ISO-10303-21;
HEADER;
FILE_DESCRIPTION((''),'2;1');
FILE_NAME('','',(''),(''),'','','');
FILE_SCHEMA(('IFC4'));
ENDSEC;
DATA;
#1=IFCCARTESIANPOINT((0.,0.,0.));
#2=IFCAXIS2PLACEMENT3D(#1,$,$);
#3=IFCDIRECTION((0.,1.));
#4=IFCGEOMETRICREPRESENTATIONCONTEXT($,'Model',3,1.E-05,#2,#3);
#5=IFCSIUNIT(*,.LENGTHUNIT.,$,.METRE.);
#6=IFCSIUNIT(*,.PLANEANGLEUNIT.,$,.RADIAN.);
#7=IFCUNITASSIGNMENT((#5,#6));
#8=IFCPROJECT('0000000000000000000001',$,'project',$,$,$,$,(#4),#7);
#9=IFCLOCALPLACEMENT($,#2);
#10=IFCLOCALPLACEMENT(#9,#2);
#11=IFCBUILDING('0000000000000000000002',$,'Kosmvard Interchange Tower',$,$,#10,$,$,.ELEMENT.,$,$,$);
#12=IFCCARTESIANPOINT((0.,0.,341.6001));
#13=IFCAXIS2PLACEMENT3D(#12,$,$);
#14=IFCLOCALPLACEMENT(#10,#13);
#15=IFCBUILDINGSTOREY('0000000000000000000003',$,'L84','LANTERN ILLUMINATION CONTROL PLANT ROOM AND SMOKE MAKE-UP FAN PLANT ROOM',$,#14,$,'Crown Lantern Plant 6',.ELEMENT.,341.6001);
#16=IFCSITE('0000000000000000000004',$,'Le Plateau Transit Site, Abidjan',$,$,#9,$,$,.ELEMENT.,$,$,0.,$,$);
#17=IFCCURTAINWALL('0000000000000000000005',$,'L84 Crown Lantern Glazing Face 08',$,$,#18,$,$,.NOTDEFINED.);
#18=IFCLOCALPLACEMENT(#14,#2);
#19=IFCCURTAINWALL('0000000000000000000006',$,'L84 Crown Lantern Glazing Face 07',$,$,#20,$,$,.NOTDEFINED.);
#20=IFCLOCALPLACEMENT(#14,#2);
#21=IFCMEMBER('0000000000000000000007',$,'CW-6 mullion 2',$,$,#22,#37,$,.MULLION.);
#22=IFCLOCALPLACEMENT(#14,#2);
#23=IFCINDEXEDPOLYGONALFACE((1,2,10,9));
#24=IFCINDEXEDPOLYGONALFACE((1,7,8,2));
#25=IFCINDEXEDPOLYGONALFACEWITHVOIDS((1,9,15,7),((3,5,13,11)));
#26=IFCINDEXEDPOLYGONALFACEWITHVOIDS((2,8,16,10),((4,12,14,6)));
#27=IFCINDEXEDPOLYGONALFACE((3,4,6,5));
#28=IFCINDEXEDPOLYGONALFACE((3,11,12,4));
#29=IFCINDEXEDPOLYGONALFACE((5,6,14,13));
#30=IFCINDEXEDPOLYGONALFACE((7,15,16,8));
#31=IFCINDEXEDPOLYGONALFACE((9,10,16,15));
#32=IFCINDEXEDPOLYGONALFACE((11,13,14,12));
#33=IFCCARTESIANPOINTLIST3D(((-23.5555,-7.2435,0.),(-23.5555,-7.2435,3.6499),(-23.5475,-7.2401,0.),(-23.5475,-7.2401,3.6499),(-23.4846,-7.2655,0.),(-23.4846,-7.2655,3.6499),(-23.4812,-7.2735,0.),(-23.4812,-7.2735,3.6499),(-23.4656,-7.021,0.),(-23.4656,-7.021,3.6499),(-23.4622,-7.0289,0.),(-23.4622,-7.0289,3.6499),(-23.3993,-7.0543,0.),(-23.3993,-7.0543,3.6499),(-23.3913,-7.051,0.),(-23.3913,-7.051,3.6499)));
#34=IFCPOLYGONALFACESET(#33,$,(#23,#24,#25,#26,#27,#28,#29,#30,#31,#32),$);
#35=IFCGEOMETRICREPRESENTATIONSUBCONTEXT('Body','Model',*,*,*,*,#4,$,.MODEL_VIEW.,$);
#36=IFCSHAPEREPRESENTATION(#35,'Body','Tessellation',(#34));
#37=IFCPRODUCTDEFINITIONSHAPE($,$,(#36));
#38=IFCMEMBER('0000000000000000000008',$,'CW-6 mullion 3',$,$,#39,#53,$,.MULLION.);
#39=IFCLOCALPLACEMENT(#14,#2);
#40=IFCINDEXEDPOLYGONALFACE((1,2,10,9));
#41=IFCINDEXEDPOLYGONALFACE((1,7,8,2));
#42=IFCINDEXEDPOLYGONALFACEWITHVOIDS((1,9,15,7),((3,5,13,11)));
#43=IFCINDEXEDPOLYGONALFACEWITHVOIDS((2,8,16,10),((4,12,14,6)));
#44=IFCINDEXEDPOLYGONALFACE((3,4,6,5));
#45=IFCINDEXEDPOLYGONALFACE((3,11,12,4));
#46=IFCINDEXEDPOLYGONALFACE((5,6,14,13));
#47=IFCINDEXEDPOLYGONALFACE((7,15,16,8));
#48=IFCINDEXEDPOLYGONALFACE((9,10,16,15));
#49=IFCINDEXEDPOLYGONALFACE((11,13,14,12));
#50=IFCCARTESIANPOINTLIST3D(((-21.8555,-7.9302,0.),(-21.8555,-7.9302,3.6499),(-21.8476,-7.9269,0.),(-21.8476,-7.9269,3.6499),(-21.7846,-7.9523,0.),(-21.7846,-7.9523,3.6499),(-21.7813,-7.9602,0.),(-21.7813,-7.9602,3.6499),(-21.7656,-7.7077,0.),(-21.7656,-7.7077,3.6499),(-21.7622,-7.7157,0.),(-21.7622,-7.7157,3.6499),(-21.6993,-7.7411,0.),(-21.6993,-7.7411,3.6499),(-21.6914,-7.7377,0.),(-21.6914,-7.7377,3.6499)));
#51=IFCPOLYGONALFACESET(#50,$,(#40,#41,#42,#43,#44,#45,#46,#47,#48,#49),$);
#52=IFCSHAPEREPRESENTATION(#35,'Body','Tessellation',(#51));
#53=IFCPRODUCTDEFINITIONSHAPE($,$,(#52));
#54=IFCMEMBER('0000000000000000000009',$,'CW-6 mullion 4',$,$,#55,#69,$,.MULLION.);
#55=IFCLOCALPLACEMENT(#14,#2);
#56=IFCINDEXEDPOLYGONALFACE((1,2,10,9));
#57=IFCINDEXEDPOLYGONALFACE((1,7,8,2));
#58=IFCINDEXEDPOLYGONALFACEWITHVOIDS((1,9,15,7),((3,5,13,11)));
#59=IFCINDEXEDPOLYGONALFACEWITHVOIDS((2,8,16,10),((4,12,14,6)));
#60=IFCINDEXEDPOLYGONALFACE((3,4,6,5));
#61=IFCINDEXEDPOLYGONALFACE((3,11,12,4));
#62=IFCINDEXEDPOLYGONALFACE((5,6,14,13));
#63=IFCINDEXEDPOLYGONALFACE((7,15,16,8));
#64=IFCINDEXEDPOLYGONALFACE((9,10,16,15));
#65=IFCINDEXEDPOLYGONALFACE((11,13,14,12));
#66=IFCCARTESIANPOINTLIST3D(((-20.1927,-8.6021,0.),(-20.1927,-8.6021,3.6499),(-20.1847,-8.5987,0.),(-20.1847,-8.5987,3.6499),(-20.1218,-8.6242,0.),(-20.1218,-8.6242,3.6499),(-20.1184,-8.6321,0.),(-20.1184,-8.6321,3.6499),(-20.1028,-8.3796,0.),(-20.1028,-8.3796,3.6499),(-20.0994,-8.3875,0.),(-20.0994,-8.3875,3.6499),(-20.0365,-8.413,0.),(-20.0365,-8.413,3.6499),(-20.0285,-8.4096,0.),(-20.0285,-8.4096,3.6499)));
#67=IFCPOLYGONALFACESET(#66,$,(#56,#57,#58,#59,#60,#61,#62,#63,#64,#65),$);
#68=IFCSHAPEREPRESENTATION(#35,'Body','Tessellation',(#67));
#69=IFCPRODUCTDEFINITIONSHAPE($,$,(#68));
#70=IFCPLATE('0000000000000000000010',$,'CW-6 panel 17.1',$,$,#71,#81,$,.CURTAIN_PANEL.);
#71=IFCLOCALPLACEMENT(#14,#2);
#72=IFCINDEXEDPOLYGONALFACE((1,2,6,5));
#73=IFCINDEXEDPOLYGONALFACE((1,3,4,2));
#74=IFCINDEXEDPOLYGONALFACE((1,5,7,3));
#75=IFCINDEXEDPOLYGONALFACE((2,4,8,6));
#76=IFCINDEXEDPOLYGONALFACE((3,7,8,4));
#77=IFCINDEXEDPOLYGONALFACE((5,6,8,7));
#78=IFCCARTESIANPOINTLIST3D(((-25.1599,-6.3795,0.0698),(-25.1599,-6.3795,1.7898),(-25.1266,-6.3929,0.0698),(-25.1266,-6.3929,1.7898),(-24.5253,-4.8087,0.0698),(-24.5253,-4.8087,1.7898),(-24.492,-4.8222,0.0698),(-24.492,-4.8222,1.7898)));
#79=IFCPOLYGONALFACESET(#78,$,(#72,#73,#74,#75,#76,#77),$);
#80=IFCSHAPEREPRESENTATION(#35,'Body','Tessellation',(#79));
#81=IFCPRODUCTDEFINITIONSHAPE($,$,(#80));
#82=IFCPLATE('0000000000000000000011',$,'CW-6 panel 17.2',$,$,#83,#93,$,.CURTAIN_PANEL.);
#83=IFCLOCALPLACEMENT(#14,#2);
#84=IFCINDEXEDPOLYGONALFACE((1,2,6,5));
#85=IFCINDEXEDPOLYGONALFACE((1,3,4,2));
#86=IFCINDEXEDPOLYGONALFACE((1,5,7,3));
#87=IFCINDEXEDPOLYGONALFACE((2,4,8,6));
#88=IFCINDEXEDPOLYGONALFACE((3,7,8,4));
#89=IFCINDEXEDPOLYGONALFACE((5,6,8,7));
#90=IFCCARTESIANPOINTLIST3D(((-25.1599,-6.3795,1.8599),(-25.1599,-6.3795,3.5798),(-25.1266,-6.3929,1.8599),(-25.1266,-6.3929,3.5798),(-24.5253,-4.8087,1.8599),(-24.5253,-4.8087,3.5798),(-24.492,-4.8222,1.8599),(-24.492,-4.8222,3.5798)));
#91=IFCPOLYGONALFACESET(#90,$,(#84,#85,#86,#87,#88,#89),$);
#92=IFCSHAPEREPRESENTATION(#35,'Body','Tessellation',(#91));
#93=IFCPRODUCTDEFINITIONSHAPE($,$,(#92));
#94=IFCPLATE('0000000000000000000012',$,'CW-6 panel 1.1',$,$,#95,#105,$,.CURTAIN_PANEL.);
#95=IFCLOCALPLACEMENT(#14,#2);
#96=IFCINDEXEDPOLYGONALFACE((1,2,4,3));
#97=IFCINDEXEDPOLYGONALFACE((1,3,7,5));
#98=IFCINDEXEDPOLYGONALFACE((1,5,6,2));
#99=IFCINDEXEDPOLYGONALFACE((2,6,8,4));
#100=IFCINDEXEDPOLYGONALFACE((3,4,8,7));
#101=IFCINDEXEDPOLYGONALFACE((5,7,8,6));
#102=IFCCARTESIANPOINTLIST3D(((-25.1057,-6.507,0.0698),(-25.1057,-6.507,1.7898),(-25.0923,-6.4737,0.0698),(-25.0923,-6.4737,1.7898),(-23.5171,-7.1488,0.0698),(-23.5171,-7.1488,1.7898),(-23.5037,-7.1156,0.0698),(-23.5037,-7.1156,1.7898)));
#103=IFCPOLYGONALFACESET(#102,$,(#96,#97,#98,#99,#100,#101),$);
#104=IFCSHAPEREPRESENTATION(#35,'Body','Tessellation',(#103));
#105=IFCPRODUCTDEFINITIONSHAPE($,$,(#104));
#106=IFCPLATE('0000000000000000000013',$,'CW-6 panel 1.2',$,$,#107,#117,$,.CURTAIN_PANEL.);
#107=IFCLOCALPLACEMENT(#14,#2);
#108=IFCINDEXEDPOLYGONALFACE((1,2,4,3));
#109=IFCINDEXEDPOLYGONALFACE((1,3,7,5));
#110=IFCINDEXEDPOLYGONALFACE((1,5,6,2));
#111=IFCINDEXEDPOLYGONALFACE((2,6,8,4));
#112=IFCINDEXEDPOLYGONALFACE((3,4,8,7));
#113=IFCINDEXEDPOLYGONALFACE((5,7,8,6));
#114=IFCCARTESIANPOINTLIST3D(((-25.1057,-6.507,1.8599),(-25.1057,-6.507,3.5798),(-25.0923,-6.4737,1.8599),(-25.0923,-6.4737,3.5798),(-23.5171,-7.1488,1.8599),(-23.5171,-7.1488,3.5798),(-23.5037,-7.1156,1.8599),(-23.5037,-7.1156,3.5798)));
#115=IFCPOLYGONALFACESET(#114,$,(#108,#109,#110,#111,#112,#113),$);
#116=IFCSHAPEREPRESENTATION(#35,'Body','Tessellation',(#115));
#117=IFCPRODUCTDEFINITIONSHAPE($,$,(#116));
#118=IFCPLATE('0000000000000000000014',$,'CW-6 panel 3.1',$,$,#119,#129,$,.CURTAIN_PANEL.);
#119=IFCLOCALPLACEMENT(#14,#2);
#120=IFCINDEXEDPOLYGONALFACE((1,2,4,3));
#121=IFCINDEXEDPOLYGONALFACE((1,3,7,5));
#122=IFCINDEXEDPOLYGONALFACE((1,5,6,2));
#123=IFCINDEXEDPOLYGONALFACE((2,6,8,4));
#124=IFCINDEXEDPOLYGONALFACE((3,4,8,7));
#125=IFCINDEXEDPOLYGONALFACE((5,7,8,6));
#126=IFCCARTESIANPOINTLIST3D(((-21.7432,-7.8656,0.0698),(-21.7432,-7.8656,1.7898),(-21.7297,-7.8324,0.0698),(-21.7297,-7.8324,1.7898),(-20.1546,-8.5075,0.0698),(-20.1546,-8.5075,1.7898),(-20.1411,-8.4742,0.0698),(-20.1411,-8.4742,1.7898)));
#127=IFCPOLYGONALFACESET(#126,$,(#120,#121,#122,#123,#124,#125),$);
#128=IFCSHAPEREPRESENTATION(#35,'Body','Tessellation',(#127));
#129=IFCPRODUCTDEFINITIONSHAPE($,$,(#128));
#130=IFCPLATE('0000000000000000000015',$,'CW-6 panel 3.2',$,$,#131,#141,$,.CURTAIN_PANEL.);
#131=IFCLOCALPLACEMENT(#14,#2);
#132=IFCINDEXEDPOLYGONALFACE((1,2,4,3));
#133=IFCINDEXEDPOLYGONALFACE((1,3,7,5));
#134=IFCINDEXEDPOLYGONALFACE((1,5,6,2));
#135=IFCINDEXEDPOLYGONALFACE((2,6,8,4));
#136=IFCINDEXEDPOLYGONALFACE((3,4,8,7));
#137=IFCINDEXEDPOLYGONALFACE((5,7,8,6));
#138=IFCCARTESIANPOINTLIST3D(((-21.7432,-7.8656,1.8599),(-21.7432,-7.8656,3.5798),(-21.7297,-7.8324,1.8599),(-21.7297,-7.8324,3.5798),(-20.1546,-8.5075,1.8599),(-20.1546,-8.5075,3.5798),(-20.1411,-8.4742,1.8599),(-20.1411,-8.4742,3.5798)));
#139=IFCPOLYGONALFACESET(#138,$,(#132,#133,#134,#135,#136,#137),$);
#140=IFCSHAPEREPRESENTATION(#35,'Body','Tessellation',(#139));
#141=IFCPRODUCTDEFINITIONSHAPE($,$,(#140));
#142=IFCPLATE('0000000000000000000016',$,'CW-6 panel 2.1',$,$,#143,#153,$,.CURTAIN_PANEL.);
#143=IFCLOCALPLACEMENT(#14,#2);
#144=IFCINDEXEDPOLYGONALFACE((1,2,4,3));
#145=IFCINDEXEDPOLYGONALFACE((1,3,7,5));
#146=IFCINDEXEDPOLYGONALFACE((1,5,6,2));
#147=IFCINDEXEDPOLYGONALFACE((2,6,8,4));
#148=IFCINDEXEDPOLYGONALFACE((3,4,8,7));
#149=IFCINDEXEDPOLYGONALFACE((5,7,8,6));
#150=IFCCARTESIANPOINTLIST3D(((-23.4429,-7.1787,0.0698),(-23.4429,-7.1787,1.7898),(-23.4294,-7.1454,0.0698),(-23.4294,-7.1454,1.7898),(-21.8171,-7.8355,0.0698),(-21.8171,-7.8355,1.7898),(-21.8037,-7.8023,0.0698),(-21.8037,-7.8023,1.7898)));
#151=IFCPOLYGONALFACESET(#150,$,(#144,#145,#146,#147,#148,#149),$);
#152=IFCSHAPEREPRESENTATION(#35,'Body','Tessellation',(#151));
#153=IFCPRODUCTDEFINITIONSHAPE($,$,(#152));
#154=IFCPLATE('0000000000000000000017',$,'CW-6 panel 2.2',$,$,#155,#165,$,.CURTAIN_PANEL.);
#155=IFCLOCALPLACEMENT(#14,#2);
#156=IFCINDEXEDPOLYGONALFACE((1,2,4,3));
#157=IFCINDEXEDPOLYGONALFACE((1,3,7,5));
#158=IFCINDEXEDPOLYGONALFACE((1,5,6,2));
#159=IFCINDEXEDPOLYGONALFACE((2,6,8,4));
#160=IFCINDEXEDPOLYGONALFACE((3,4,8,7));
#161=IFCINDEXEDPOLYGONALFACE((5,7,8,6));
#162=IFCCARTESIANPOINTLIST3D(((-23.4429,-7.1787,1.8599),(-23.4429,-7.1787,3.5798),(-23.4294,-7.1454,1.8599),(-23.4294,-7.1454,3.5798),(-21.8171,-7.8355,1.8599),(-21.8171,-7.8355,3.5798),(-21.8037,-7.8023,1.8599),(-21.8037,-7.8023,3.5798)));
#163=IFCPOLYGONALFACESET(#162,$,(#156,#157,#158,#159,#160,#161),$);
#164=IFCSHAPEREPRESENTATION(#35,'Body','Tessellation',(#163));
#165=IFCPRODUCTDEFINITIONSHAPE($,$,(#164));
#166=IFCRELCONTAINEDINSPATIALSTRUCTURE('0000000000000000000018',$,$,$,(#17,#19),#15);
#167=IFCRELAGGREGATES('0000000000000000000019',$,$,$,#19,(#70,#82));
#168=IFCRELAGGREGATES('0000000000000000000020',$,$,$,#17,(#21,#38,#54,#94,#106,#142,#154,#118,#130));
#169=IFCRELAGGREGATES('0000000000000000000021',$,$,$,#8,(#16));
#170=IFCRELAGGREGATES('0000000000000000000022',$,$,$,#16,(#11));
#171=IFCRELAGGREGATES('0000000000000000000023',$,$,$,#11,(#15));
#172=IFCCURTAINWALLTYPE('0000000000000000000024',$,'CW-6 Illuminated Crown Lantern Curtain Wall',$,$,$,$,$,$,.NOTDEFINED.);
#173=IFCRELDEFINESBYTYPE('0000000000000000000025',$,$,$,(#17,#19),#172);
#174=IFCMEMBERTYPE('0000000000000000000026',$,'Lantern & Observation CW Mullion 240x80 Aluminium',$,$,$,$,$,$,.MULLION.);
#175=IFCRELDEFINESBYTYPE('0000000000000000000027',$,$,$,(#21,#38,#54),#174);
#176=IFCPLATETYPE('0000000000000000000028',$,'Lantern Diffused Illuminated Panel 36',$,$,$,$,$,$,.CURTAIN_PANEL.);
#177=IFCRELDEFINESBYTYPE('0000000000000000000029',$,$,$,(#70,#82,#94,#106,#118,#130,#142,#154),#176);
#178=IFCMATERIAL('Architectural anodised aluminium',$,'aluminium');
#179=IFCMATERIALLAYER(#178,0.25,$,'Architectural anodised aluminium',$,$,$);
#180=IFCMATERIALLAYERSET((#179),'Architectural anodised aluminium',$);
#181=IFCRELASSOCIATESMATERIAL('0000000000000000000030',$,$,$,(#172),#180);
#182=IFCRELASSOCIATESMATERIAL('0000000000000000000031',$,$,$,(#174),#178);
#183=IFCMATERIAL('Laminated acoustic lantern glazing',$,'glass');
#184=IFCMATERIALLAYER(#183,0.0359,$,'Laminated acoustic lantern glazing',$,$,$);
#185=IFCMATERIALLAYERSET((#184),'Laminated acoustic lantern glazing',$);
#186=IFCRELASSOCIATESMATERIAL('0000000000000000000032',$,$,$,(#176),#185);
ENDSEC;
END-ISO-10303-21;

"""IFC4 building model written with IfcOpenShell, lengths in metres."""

from ifc_helpers import new_model, si_unit, direction, frame, origin, origin_2d, place, context, subcontext, project, spatial, rectangle, hollow_rectangle, extrude, source, transform, mapped, material, layer, layer_set, material_profile, profile_set, type_object, element, aggregate, save


model = new_model("IFC4")

# Units and contexts
model_context = context("Model", 3, precision=1e-05, world=origin(), true_north=direction((0.0, 1.0)))
body_context = subcontext(model_context, "Body", "Model", "MODEL_VIEW")
ifc_project = project(units=[si_unit("LENGTHUNIT", "METRE"), si_unit("PLANEANGLEUNIT", "RADIAN")], contexts=[model_context])

# Site, building, storey
site_placement = place(None, origin())
site = spatial("IfcSite", under=ifc_project, at=site_placement, Name="Le Plateau Transit Site, Abidjan", CompositionType="ELEMENT", RefElevation=0.0)
building_placement = place(site_placement, origin())
building = spatial("IfcBuilding", under=site, at=building_placement, Name="Kosmvard Interchange Tower", CompositionType="ELEMENT")
storey_placement = place(building_placement, frame((0.0, 0.0, 341.6001)))
storey = spatial("IfcBuildingStorey", under=building, at=storey_placement, Name="L84", Description="LANTERN ILLUMINATION CONTROL PLANT ROOM AND SMOKE MAKE-UP FAN PLANT ROOM", LongName="Crown Lantern Plant 6", CompositionType="ELEMENT", Elevation=341.6001)

# Curtain wall
ifc_material_1 = material(Name="Architectural anodised aluminium", Category="aluminium")
ifc_layer_1 = layer(ifc_material_1, 0.25, Name="Architectural anodised aluminium")
ifc_layer_set_1 = layer_set([ifc_layer_1], Name="Architectural anodised aluminium")
curtain_wall_type = type_object("IfcCurtainWallType", Name="CW-6 Illuminated Crown Lantern Curtain Wall", PredefinedType="NOTDEFINED", material=ifc_layer_set_1)
curtain_wall_1_placement = place(storey_placement, origin())
curtain_wall_1 = element("IfcCurtainWall", 1, at=curtain_wall_1_placement, inside=storey, type_object=curtain_wall_type, Name="L84 Crown Lantern Glazing Face 08", PredefinedType="NOTDEFINED")

# Curtain wall
curtain_wall_2_placement = place(storey_placement, origin())
curtain_wall_2 = element("IfcCurtainWall", 2, at=curtain_wall_2_placement, inside=storey, type_object=curtain_wall_type, Name="L84 Crown Lantern Glazing Face 07", PredefinedType="NOTDEFINED")
ifc_material_profile_1 = material_profile(ifc_material_1, hollow_rectangle(XDim=0.24, YDim=0.0801, WallThickness=0.0061, at=origin_2d()), Name="CWM 240x80x6")
ifc_profile_set_1 = profile_set([ifc_material_profile_1], Name="Architectural anodised aluminium")
member_type_1 = type_object("IfcMemberType", Name="Lantern & Observation CW Mullion 240x80 Aluminium", PredefinedType="MULLION", material=ifc_profile_set_1)
shared_shape_1 = source(origin(), body_context, "Body", "SweptSolid", [
    extrude(hollow_rectangle(XDim=0.24, YDim=0.0801, WallThickness=0.0061, at=origin_2d()), origin(), (0.0, 0.0, 1.0), 3.6499),
])

# Members
member_1_placement = place(storey_placement, frame((-23.4734, -7.1472, 0.0), z_axis=(0.0, 0.0, 1.0), x_axis=(0.374607, 0.927184, 0.0)))
member_1 = element("IfcMember", 3, at=member_1_placement, type_object=member_type_1, Name="CW-6 mullion 2", PredefinedType="MULLION", context=body_context, shape_type="MappedRepresentation", body=[
    mapped(shared_shape_1, transform((0.0, 0.0, 0.0), scale=1.0)),
])
member_2_placement = place(storey_placement, frame((-21.7734, -7.834, 0.0), z_axis=(0.0, 0.0, 1.0), x_axis=(0.374607, 0.927184, 0.0)))
member_2 = element("IfcMember", 4, at=member_2_placement, type_object=member_type_1, Name="CW-6 mullion 3", PredefinedType="MULLION", context=body_context, shape_type="MappedRepresentation", body=[
    mapped(shared_shape_1, transform((0.0, 0.0, 0.0), scale=1.0)),
])
member_3_placement = place(storey_placement, frame((-20.1106, -8.5059, 0.0), z_axis=(0.0, 0.0, 1.0), x_axis=(0.374607, 0.927184, 0.0)))
member_3 = element("IfcMember", 5, at=member_3_placement, type_object=member_type_1, Name="CW-6 mullion 4", PredefinedType="MULLION", context=body_context, shape_type="MappedRepresentation", body=[
    mapped(shared_shape_1, transform((0.0, 0.0, 0.0), scale=1.0)),
])

# Plates
ifc_material_2 = material(Name="Laminated acoustic lantern glazing", Category="glass")
ifc_layer_2 = layer(ifc_material_2, 0.0359, Name="Laminated acoustic lantern glazing")
ifc_layer_set_2 = layer_set([ifc_layer_2], Name="Laminated acoustic lantern glazing")
plate_type = type_object("IfcPlateType", Name="Lantern Diffused Illuminated Panel 36", PredefinedType="CURTAIN_PANEL", material=ifc_layer_set_2)
shared_shape_2 = source(origin(), body_context, "Body", "SweptSolid", [
    extrude(rectangle(XDim=1.6941, YDim=0.0359, at=origin_2d()), origin(), (0.0, 0.0, 1.0), 1.72),
])
plate_1_placement = place(storey_placement, frame((-24.8259, -5.6008, 0.0698), z_axis=(0.0, 0.0, 1.0), x_axis=(-0.374607, -0.927184, 0.0)))
plate_1 = element("IfcPlate", 6, at=plate_1_placement, type_object=plate_type, Name="CW-6 panel 17.1", PredefinedType="CURTAIN_PANEL", context=body_context, shape_type="MappedRepresentation", body=[
    mapped(shared_shape_2, transform((0.0, 0.0, 0.0), scale=1.0)),
])
plate_2_placement = place(storey_placement, frame((-24.8259, -5.6008, 1.8599), z_axis=(0.0, 0.0, 1.0), x_axis=(-0.374607, -0.927184, 0.0)))
plate_2 = element("IfcPlate", 7, at=plate_2_placement, type_object=plate_type, Name="CW-6 panel 17.2", PredefinedType="CURTAIN_PANEL", context=body_context, shape_type="MappedRepresentation", body=[
    mapped(shared_shape_2, transform((0.0, 0.0, 0.0), scale=1.0)),
])
aggregate(curtain_wall_2, [plate_1, plate_2])
shared_shape_3 = source(origin(), body_context, "Body", "SweptSolid", [
    extrude(rectangle(XDim=1.7134, YDim=0.0359, at=origin_2d()), origin(), (0.0, 0.0, 1.0), 1.72),
])
plate_3_placement = place(storey_placement, frame((-24.3047, -6.8113, 0.0698), z_axis=(0.0, 0.0, 1.0), x_axis=(0.927184, -0.374607, 0.0)))
plate_3 = element("IfcPlate", 8, at=plate_3_placement, type_object=plate_type, Name="CW-6 panel 1.1", PredefinedType="CURTAIN_PANEL", context=body_context, shape_type="MappedRepresentation", body=[
    mapped(shared_shape_3, transform((0.0, 0.0, 0.0), scale=1.0)),
])
plate_4_placement = place(storey_placement, frame((-24.3047, -6.8113, 1.8599), z_axis=(0.0, 0.0, 1.0), x_axis=(0.927184, -0.374607, 0.0)))
plate_4 = element("IfcPlate", 9, at=plate_4_placement, type_object=plate_type, Name="CW-6 panel 1.2", PredefinedType="CURTAIN_PANEL", context=body_context, shape_type="MappedRepresentation", body=[
    mapped(shared_shape_3, transform((0.0, 0.0, 0.0), scale=1.0)),
])
plate_5_placement = place(storey_placement, frame((-20.9421, -8.1699, 0.0698), z_axis=(0.0, 0.0, 1.0), x_axis=(0.927184, -0.374607, 0.0)))
plate_5 = element("IfcPlate", 10, at=plate_5_placement, type_object=plate_type, Name="CW-6 panel 3.1", PredefinedType="CURTAIN_PANEL", context=body_context, shape_type="MappedRepresentation", body=[
    mapped(shared_shape_3, transform((0.0, 0.0, 0.0), scale=1.0)),
])
plate_6_placement = place(storey_placement, frame((-20.9421, -8.1699, 1.8599), z_axis=(0.0, 0.0, 1.0), x_axis=(0.927184, -0.374607, 0.0)))
plate_6 = element("IfcPlate", 11, at=plate_6_placement, type_object=plate_type, Name="CW-6 panel 3.2", PredefinedType="CURTAIN_PANEL", context=body_context, shape_type="MappedRepresentation", body=[
    mapped(shared_shape_3, transform((0.0, 0.0, 0.0), scale=1.0)),
])
shared_shape_4 = source(origin(), body_context, "Body", "SweptSolid", [
    extrude(rectangle(XDim=1.7534, YDim=0.0359, at=origin_2d()), origin(), (0.0, 0.0, 1.0), 1.72),
])
plate_7_placement = place(storey_placement, frame((-22.6233, -7.4905, 0.0698), z_axis=(0.0, 0.0, 1.0), x_axis=(0.927184, -0.374607, 0.0)))
plate_7 = element("IfcPlate", 12, at=plate_7_placement, type_object=plate_type, Name="CW-6 panel 2.1", PredefinedType="CURTAIN_PANEL", context=body_context, shape_type="MappedRepresentation", body=[
    mapped(shared_shape_4, transform((0.0, 0.0, 0.0), scale=1.0)),
])
plate_8_placement = place(storey_placement, frame((-22.6233, -7.4905, 1.8599), z_axis=(0.0, 0.0, 1.0), x_axis=(0.927184, -0.374607, 0.0)))
plate_8 = element("IfcPlate", 13, at=plate_8_placement, type_object=plate_type, Name="CW-6 panel 2.2", PredefinedType="CURTAIN_PANEL", context=body_context, shape_type="MappedRepresentation", body=[
    mapped(shared_shape_4, transform((0.0, 0.0, 0.0), scale=1.0)),
])
aggregate(curtain_wall_1, [member_1, member_2, member_3, plate_3, plate_4, plate_7, plate_8, plate_5, plate_6])

save(model, "model.ifc")
